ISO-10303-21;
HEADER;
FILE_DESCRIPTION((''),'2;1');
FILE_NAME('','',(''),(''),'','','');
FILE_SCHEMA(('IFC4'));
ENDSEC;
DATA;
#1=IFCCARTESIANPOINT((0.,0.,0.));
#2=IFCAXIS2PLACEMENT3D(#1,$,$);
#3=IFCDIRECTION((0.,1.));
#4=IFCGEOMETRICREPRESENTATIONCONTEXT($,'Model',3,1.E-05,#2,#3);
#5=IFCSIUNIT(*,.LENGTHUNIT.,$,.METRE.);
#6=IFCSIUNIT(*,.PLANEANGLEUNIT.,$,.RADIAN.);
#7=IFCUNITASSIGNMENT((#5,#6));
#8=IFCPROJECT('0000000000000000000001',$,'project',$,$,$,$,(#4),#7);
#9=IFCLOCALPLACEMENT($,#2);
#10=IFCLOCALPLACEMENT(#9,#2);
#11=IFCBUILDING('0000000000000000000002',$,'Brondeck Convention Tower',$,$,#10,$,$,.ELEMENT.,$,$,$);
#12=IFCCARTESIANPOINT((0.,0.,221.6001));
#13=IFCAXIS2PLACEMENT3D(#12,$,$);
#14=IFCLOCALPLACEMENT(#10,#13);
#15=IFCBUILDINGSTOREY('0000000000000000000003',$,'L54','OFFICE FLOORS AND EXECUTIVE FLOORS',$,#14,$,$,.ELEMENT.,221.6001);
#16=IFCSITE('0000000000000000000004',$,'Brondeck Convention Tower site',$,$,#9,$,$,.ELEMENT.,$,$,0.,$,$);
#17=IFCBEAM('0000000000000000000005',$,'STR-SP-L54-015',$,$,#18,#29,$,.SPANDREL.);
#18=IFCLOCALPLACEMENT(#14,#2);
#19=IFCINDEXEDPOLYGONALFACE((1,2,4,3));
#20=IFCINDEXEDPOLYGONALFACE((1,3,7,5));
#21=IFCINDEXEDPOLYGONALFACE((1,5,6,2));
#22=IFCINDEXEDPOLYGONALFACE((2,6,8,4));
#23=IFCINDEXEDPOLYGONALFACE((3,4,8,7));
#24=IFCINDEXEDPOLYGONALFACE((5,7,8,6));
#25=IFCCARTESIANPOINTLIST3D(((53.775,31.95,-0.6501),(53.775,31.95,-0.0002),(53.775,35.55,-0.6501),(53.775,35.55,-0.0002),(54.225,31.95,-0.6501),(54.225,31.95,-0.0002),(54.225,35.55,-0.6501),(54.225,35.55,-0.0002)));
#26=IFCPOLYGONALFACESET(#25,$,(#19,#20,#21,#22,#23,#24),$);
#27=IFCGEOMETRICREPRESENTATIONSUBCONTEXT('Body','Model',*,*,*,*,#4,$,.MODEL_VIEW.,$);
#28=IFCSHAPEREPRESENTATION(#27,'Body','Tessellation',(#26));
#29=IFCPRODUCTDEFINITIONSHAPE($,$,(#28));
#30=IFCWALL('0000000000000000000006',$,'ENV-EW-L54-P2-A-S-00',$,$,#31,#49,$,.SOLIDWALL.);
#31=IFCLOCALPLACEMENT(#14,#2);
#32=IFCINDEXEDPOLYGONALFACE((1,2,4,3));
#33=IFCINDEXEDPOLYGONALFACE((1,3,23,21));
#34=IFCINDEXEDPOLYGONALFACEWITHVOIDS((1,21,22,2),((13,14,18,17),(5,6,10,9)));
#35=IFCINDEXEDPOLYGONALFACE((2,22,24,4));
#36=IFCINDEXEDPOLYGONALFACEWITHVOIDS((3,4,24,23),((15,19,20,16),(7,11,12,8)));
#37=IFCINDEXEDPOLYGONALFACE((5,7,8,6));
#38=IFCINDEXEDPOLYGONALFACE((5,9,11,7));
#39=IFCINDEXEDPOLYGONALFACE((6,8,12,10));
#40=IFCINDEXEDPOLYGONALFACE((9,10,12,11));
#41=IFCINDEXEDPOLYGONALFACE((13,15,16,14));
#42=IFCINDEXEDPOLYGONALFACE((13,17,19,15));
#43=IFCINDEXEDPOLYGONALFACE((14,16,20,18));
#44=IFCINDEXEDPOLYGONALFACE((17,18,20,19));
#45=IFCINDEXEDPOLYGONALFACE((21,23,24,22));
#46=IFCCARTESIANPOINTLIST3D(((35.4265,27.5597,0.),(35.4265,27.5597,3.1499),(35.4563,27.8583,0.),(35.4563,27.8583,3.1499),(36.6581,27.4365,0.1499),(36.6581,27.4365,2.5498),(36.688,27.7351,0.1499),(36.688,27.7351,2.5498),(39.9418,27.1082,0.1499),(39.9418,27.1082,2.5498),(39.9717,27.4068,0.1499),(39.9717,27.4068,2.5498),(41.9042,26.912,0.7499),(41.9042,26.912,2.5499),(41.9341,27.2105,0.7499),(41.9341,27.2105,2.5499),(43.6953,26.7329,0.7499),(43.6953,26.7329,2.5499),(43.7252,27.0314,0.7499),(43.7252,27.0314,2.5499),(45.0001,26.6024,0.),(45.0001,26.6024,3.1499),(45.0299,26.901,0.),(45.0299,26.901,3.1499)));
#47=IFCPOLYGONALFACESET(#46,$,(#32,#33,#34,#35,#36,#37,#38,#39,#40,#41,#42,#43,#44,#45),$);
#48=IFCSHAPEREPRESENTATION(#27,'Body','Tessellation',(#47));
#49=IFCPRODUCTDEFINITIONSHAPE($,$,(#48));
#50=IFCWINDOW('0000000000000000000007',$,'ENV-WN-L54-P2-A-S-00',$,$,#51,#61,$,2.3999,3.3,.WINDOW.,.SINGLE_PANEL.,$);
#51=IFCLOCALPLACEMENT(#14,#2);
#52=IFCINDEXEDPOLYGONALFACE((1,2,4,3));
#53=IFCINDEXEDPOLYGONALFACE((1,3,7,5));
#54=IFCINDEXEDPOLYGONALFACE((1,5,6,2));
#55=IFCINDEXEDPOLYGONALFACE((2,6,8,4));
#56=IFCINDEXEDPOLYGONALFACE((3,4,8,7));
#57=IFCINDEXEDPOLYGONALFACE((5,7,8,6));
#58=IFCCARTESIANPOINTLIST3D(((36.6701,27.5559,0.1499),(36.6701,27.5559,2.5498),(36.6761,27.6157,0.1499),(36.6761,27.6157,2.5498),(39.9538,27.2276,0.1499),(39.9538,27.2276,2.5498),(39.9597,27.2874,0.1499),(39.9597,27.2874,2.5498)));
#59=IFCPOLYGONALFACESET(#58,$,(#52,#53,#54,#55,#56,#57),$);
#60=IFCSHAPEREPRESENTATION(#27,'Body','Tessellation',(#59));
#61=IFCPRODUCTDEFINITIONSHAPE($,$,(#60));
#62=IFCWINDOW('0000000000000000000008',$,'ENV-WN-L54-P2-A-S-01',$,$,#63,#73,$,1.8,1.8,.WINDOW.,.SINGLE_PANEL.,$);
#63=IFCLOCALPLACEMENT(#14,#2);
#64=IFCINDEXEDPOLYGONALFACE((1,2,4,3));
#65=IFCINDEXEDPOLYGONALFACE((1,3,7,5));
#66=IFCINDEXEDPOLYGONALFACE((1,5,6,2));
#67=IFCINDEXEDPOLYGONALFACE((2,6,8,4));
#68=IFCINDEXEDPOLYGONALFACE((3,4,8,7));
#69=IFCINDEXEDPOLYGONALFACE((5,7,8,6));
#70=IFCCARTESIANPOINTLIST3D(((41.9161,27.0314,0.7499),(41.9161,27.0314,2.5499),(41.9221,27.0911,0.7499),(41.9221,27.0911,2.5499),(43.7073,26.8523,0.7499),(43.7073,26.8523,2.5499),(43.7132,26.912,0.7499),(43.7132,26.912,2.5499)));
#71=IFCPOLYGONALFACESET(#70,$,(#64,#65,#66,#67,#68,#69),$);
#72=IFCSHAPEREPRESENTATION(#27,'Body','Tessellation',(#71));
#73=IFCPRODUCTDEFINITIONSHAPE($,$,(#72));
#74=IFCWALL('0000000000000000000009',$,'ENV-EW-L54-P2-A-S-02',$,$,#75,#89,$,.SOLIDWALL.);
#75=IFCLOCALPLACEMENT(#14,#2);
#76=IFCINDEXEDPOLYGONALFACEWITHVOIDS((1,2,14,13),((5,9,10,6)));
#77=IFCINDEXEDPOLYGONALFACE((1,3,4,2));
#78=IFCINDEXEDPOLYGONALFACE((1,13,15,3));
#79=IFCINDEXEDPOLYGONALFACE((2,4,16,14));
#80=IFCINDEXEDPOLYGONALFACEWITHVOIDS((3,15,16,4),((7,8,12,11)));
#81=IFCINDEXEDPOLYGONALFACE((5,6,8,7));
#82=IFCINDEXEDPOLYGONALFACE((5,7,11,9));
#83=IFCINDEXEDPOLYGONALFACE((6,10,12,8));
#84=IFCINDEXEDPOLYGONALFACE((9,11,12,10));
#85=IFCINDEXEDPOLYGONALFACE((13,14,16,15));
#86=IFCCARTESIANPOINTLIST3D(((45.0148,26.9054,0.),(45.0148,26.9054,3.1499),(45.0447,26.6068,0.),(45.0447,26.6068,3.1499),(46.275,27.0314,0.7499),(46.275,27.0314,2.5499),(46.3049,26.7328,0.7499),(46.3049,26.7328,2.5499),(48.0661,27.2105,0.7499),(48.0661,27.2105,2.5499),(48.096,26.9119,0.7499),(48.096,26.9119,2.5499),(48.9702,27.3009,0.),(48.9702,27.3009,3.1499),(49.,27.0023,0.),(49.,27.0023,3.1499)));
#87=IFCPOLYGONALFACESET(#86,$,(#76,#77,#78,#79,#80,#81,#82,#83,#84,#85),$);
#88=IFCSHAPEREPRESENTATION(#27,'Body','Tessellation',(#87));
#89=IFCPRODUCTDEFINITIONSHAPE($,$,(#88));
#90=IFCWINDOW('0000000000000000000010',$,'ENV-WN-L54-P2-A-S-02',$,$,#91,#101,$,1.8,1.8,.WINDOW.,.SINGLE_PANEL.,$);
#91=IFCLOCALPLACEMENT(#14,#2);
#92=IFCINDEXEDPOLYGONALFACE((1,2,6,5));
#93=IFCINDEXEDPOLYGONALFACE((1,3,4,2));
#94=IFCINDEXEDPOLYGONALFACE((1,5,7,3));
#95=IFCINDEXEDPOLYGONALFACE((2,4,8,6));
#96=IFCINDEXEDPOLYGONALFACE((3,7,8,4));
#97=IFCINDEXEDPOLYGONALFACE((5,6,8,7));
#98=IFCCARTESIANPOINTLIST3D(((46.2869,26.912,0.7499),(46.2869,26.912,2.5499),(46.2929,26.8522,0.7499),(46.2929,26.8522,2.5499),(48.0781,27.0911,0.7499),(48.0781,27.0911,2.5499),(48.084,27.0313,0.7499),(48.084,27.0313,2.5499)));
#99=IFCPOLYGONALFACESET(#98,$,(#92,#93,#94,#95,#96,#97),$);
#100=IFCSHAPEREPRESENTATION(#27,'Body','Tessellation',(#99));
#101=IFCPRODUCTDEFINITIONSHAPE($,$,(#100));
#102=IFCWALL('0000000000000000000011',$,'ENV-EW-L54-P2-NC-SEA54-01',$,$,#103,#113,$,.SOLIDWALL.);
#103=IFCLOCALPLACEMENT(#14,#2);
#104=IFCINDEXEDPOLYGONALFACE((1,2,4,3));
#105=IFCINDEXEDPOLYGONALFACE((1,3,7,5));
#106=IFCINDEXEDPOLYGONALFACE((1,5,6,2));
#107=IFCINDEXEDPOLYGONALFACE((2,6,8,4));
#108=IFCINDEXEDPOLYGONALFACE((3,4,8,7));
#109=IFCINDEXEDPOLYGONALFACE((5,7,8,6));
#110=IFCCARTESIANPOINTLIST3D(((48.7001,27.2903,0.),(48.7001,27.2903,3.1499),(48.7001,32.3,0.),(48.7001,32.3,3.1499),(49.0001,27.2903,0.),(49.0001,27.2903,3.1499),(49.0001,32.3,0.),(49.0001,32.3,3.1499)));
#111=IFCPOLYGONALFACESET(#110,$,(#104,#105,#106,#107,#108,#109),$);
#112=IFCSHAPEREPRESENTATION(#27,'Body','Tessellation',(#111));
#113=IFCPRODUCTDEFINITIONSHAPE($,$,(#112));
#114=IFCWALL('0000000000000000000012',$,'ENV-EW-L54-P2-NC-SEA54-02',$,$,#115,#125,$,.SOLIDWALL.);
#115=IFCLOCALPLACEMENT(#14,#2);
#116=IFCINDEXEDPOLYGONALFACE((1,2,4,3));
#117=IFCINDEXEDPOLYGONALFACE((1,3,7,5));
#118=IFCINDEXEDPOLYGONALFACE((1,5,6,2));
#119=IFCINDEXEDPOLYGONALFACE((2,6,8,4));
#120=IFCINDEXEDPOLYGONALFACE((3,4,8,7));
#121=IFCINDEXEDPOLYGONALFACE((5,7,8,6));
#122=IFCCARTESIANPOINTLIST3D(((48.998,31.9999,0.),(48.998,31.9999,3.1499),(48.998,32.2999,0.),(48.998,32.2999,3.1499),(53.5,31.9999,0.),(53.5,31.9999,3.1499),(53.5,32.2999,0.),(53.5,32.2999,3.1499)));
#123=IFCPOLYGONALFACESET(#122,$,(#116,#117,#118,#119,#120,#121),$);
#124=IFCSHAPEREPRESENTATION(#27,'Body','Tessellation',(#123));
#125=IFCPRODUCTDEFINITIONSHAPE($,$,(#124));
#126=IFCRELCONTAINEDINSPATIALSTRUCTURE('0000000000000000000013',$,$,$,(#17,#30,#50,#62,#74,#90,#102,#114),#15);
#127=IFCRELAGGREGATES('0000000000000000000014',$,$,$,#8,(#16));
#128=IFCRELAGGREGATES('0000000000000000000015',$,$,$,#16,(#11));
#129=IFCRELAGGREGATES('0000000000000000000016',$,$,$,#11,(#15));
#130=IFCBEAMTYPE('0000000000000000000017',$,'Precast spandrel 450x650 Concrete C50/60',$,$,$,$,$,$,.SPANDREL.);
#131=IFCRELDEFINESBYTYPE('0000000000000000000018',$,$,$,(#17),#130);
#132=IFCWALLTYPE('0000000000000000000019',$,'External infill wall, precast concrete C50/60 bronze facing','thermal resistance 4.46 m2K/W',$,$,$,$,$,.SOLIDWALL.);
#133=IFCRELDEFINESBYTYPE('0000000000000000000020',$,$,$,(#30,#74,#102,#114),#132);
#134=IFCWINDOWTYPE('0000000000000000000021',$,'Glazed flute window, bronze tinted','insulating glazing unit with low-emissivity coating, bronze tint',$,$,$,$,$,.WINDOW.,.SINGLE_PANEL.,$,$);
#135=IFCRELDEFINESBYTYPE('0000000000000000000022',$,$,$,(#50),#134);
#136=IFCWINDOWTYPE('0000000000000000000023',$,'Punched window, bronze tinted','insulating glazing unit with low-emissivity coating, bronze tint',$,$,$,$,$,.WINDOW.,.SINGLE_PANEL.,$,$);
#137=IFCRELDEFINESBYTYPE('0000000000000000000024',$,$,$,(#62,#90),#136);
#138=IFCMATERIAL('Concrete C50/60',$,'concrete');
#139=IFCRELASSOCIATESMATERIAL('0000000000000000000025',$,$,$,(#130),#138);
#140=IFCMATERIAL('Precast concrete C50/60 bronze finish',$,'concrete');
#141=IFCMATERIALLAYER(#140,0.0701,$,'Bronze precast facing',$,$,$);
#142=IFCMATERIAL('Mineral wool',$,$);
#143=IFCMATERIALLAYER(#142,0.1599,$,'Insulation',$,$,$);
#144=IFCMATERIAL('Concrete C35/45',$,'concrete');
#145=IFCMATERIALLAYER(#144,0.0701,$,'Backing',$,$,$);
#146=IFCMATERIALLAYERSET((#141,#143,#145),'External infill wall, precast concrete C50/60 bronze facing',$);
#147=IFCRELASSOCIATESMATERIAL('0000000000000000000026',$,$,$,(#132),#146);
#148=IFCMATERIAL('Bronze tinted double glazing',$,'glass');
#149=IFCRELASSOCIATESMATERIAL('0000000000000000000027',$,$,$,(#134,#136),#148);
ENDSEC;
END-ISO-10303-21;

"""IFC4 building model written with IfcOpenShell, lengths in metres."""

from ifc_helpers import new_model, si_unit, direction, frame, frame_2d, origin, origin_2d, place, context, subcontext, project, spatial, rectangle, extrude, material, layer, layer_set, material_profile, profile_set, type_object, element, fill, save


model = new_model("IFC4")

# Units and contexts
model_context = context("Model", 3, precision=1e-05, world=origin(), true_north=direction((0.0, 1.0)))
body_context = subcontext(model_context, "Body", "Model", "MODEL_VIEW")
ifc_project = project(units=[si_unit("LENGTHUNIT", "METRE"), si_unit("PLANEANGLEUNIT", "RADIAN")], contexts=[model_context])

# Site, building, storey
site_placement = place(None, origin())
site = spatial("IfcSite", under=ifc_project, at=site_placement, Name="Brondeck Convention Tower site", CompositionType="ELEMENT", RefElevation=0.0)
building_placement = place(site_placement, origin())
building = spatial("IfcBuilding", under=site, at=building_placement, Name="Brondeck Convention Tower", CompositionType="ELEMENT")
storey_placement = place(building_placement, frame((0.0, 0.0, 221.6001)))
storey = spatial("IfcBuildingStorey", under=building, at=storey_placement, Name="L54", Description="OFFICE FLOORS AND EXECUTIVE FLOORS", CompositionType="ELEMENT", Elevation=221.6001)

# Shared definitions
ifc_material_1 = material(Name="Concrete C50/60", Category="concrete")

# Beam
ifc_material_profile_1 = material_profile(ifc_material_1, rectangle(XDim=0.45, YDim=0.6499, at=origin_2d()), Name="Precast spandrel 450x650 Concrete C50/60")
ifc_profile_set_1 = profile_set([ifc_material_profile_1], Name="Concrete C50/60")
beam_type_1 = type_object("IfcBeamType", Name="Precast spandrel 450x650 Concrete C50/60", PredefinedType="SPANDREL", material=ifc_profile_set_1)
beam_1_placement = place(storey_placement, frame((54.0, 31.95, -0.3252), z_axis=(0.0, 1.0, 0.0), x_axis=(-1.0, 0.0, 0.0)))
element("IfcBeam", 1, at=beam_1_placement, inside=storey, type_object=beam_type_1, Name="STR-SP-L54-015", PredefinedType="SPANDREL", context=body_context, shape_type="SweptSolid", body=[
    extrude(rectangle(XDim=0.45, YDim=0.6499, at=origin_2d()), origin(), (0.0, 0.0, 1.0), 3.6001),
])

# Wall, openings, windows
ifc_material_2 = material(Name="Precast concrete C50/60 bronze finish", Category="concrete")
ifc_layer_1 = layer(ifc_material_2, 0.0701, Name="Bronze precast facing")
ifc_material_3 = material(Name="Mineral wool")
ifc_layer_2 = layer(ifc_material_3, 0.1599, Name="Insulation")
ifc_material_4 = material(Name="Concrete C35/45", Category="concrete")
ifc_layer_3 = layer(ifc_material_4, 0.0701, Name="Backing")
ifc_layer_set = layer_set([ifc_layer_1, ifc_layer_2, ifc_layer_3], Name="External infill wall, precast concrete C50/60 bronze facing")
wall_type = type_object("IfcWallType", Name="External infill wall, precast concrete C50/60 bronze facing", Description="thermal resistance 4.46 m2K/W", PredefinedType="SOLIDWALL", material=ifc_layer_set)
wall_1_placement = place(storey_placement, frame((45.0149, 26.7517, 0.0), z_axis=(0.0, 0.0, 1.0), x_axis=(-0.995038, 0.099496, 0.0)))
wall_1 = element("IfcWall", 2, at=wall_1_placement, inside=storey, type_object=wall_type, Name="ENV-EW-L54-P2-A-S-00", PredefinedType="SOLIDWALL", context=body_context, shape_type="SweptSolid", body=[
    extrude(rectangle(XDim=9.6213, YDim=0.3, at=frame_2d((4.8105, 0.0))), origin(), (0.0, 0.0, 1.0), 3.1499),
])
opening_1_placement = place(wall_1_placement, frame((1.3113, 0.0, 0.75)))
opening_1 = element("IfcOpeningElement", 3, at=opening_1_placement, cuts=wall_1, PredefinedType="OPENING", context=body_context, shape_type="SweptSolid", body=[
    extrude(rectangle(XDim=1.8, YDim=1.8, at=frame_2d((0.8999, 0.8999))), frame((0.0, 0.1599, 0.0), z_axis=(0.0, -1.0, 0.0), x_axis=(1.0, 0.0, 0.0)), (0.0, 0.0, 1.0), 0.3201),
])
opening_2_placement = place(wall_1_placement, frame((5.0835, 0.0, 0.1499)))
opening_2 = element("IfcOpeningElement", 4, at=opening_2_placement, cuts=wall_1, PredefinedType="OPENING", context=body_context, shape_type="SweptSolid", body=[
    extrude(rectangle(XDim=3.3, YDim=2.3999, at=frame_2d((1.6499, 1.2))), frame((0.0, 0.1599, 0.0), z_axis=(0.0, -1.0, 0.0), x_axis=(1.0, 0.0, 0.0)), (0.0, 0.0, 1.0), 0.3201),
])
ifc_material_5 = material(Name="Bronze tinted double glazing", Category="glass")
window_type_1 = type_object("IfcWindowType", Name="Glazed flute window, bronze tinted", Description="insulating glazing unit with low-emissivity coating, bronze tint", PartitioningType="SINGLE_PANEL", PredefinedType="WINDOW", material=ifc_material_5)
window_1_placement = place(opening_2_placement, origin())
window_1 = element("IfcWindow", 5, at=window_1_placement, inside=storey, type_object=window_type_1, Name="ENV-WN-L54-P2-A-S-00", OverallHeight=2.3999, OverallWidth=3.3, PartitioningType="SINGLE_PANEL", PredefinedType="WINDOW", context=body_context, shape_type="SweptSolid", body=[
    extrude(rectangle(XDim=3.3, YDim=2.3999, at=frame_2d((1.6499, 1.2))), frame((0.0, 0.03, 0.0), z_axis=(0.0, -1.0, 0.0), x_axis=(1.0, 0.0, 0.0)), (0.0, 0.0, 1.0), 0.0601),
])
fill(opening_2, window_1)
window_type_2 = type_object("IfcWindowType", Name="Punched window, bronze tinted", Description="insulating glazing unit with low-emissivity coating, bronze tint", PartitioningType="SINGLE_PANEL", PredefinedType="WINDOW", material=ifc_material_5)
window_2_placement = place(opening_1_placement, origin())
window_2 = element("IfcWindow", 6, at=window_2_placement, inside=storey, type_object=window_type_2, Name="ENV-WN-L54-P2-A-S-01", OverallHeight=1.8, OverallWidth=1.8, PartitioningType="SINGLE_PANEL", PredefinedType="WINDOW", context=body_context, shape_type="SweptSolid", body=[
    extrude(rectangle(XDim=1.8, YDim=1.8, at=frame_2d((0.8999, 0.8999))), frame((0.0, 0.03, 0.0), z_axis=(0.0, -1.0, 0.0), x_axis=(1.0, 0.0, 0.0)), (0.0, 0.0, 1.0), 0.0601),
])
fill(opening_1, window_2)

# Wall, opening, window
wall_2_placement = place(storey_placement, frame((48.9851, 27.1516, 0.0), z_axis=(0.0, 0.0, 1.0), x_axis=(-0.995038, -0.099498, 0.0)))
wall_2 = element("IfcWall", 7, at=wall_2_placement, inside=storey, type_object=wall_type, Name="ENV-EW-L54-P2-A-S-02", PredefinedType="SOLIDWALL", context=body_context, shape_type="SweptSolid", body=[
    extrude(rectangle(XDim=3.9751, YDim=0.3, at=frame_2d((1.9875, 0.0))), origin(), (0.0, 0.0, 1.0), 3.1499),
])
opening_3_placement = place(wall_2_placement, frame((0.9087, 0.0, 0.75)))
opening_3 = element("IfcOpeningElement", 8, at=opening_3_placement, cuts=wall_2, PredefinedType="OPENING", context=body_context, shape_type="SweptSolid", body=[
    extrude(rectangle(XDim=1.8, YDim=1.8, at=frame_2d((0.8999, 0.8999))), frame((0.0, 0.1599, 0.0), z_axis=(0.0, -1.0, 0.0), x_axis=(1.0, 0.0, 0.0)), (0.0, 0.0, 1.0), 0.3201),
])
window_3_placement = place(opening_3_placement, origin())
window_3 = element("IfcWindow", 9, at=window_3_placement, inside=storey, type_object=window_type_2, Name="ENV-WN-L54-P2-A-S-02", OverallHeight=1.8, OverallWidth=1.8, PartitioningType="SINGLE_PANEL", PredefinedType="WINDOW", context=body_context, shape_type="SweptSolid", body=[
    extrude(rectangle(XDim=1.8, YDim=1.8, at=frame_2d((0.8999, 0.8999))), frame((0.0, 0.03, 0.0), z_axis=(0.0, -1.0, 0.0), x_axis=(1.0, 0.0, 0.0)), (0.0, 0.0, 1.0), 0.0601),
])
fill(opening_3, window_3)

# Walls
wall_3_placement = place(storey_placement, frame((48.8501, 32.3, 0.0), z_axis=(0.0, 0.0, 1.0), x_axis=(0.0, -1.0, 0.0)))
element("IfcWall", 10, at=wall_3_placement, inside=storey, type_object=wall_type, Name="ENV-EW-L54-P2-NC-SEA54-01", PredefinedType="SOLIDWALL", context=body_context, shape_type="SweptSolid", body=[
    extrude(rectangle(XDim=5.0098, YDim=0.3, at=frame_2d((2.5049, 0.0))), origin(), (0.0, 0.0, 1.0), 3.1499),
])
wall_4_placement = place(storey_placement, frame((53.5, 32.1499, 0.0), z_axis=(0.0, 0.0, 1.0), x_axis=(-1.0, 0.0, 0.0)))
element("IfcWall", 11, at=wall_4_placement, inside=storey, type_object=wall_type, Name="ENV-EW-L54-P2-NC-SEA54-02", PredefinedType="SOLIDWALL", context=body_context, shape_type="SweptSolid", body=[
    extrude(rectangle(XDim=4.502, YDim=0.3, at=frame_2d((2.251, 0.0))), origin(), (0.0, 0.0, 1.0), 3.1499),
])

save(model, "model.ifc")
